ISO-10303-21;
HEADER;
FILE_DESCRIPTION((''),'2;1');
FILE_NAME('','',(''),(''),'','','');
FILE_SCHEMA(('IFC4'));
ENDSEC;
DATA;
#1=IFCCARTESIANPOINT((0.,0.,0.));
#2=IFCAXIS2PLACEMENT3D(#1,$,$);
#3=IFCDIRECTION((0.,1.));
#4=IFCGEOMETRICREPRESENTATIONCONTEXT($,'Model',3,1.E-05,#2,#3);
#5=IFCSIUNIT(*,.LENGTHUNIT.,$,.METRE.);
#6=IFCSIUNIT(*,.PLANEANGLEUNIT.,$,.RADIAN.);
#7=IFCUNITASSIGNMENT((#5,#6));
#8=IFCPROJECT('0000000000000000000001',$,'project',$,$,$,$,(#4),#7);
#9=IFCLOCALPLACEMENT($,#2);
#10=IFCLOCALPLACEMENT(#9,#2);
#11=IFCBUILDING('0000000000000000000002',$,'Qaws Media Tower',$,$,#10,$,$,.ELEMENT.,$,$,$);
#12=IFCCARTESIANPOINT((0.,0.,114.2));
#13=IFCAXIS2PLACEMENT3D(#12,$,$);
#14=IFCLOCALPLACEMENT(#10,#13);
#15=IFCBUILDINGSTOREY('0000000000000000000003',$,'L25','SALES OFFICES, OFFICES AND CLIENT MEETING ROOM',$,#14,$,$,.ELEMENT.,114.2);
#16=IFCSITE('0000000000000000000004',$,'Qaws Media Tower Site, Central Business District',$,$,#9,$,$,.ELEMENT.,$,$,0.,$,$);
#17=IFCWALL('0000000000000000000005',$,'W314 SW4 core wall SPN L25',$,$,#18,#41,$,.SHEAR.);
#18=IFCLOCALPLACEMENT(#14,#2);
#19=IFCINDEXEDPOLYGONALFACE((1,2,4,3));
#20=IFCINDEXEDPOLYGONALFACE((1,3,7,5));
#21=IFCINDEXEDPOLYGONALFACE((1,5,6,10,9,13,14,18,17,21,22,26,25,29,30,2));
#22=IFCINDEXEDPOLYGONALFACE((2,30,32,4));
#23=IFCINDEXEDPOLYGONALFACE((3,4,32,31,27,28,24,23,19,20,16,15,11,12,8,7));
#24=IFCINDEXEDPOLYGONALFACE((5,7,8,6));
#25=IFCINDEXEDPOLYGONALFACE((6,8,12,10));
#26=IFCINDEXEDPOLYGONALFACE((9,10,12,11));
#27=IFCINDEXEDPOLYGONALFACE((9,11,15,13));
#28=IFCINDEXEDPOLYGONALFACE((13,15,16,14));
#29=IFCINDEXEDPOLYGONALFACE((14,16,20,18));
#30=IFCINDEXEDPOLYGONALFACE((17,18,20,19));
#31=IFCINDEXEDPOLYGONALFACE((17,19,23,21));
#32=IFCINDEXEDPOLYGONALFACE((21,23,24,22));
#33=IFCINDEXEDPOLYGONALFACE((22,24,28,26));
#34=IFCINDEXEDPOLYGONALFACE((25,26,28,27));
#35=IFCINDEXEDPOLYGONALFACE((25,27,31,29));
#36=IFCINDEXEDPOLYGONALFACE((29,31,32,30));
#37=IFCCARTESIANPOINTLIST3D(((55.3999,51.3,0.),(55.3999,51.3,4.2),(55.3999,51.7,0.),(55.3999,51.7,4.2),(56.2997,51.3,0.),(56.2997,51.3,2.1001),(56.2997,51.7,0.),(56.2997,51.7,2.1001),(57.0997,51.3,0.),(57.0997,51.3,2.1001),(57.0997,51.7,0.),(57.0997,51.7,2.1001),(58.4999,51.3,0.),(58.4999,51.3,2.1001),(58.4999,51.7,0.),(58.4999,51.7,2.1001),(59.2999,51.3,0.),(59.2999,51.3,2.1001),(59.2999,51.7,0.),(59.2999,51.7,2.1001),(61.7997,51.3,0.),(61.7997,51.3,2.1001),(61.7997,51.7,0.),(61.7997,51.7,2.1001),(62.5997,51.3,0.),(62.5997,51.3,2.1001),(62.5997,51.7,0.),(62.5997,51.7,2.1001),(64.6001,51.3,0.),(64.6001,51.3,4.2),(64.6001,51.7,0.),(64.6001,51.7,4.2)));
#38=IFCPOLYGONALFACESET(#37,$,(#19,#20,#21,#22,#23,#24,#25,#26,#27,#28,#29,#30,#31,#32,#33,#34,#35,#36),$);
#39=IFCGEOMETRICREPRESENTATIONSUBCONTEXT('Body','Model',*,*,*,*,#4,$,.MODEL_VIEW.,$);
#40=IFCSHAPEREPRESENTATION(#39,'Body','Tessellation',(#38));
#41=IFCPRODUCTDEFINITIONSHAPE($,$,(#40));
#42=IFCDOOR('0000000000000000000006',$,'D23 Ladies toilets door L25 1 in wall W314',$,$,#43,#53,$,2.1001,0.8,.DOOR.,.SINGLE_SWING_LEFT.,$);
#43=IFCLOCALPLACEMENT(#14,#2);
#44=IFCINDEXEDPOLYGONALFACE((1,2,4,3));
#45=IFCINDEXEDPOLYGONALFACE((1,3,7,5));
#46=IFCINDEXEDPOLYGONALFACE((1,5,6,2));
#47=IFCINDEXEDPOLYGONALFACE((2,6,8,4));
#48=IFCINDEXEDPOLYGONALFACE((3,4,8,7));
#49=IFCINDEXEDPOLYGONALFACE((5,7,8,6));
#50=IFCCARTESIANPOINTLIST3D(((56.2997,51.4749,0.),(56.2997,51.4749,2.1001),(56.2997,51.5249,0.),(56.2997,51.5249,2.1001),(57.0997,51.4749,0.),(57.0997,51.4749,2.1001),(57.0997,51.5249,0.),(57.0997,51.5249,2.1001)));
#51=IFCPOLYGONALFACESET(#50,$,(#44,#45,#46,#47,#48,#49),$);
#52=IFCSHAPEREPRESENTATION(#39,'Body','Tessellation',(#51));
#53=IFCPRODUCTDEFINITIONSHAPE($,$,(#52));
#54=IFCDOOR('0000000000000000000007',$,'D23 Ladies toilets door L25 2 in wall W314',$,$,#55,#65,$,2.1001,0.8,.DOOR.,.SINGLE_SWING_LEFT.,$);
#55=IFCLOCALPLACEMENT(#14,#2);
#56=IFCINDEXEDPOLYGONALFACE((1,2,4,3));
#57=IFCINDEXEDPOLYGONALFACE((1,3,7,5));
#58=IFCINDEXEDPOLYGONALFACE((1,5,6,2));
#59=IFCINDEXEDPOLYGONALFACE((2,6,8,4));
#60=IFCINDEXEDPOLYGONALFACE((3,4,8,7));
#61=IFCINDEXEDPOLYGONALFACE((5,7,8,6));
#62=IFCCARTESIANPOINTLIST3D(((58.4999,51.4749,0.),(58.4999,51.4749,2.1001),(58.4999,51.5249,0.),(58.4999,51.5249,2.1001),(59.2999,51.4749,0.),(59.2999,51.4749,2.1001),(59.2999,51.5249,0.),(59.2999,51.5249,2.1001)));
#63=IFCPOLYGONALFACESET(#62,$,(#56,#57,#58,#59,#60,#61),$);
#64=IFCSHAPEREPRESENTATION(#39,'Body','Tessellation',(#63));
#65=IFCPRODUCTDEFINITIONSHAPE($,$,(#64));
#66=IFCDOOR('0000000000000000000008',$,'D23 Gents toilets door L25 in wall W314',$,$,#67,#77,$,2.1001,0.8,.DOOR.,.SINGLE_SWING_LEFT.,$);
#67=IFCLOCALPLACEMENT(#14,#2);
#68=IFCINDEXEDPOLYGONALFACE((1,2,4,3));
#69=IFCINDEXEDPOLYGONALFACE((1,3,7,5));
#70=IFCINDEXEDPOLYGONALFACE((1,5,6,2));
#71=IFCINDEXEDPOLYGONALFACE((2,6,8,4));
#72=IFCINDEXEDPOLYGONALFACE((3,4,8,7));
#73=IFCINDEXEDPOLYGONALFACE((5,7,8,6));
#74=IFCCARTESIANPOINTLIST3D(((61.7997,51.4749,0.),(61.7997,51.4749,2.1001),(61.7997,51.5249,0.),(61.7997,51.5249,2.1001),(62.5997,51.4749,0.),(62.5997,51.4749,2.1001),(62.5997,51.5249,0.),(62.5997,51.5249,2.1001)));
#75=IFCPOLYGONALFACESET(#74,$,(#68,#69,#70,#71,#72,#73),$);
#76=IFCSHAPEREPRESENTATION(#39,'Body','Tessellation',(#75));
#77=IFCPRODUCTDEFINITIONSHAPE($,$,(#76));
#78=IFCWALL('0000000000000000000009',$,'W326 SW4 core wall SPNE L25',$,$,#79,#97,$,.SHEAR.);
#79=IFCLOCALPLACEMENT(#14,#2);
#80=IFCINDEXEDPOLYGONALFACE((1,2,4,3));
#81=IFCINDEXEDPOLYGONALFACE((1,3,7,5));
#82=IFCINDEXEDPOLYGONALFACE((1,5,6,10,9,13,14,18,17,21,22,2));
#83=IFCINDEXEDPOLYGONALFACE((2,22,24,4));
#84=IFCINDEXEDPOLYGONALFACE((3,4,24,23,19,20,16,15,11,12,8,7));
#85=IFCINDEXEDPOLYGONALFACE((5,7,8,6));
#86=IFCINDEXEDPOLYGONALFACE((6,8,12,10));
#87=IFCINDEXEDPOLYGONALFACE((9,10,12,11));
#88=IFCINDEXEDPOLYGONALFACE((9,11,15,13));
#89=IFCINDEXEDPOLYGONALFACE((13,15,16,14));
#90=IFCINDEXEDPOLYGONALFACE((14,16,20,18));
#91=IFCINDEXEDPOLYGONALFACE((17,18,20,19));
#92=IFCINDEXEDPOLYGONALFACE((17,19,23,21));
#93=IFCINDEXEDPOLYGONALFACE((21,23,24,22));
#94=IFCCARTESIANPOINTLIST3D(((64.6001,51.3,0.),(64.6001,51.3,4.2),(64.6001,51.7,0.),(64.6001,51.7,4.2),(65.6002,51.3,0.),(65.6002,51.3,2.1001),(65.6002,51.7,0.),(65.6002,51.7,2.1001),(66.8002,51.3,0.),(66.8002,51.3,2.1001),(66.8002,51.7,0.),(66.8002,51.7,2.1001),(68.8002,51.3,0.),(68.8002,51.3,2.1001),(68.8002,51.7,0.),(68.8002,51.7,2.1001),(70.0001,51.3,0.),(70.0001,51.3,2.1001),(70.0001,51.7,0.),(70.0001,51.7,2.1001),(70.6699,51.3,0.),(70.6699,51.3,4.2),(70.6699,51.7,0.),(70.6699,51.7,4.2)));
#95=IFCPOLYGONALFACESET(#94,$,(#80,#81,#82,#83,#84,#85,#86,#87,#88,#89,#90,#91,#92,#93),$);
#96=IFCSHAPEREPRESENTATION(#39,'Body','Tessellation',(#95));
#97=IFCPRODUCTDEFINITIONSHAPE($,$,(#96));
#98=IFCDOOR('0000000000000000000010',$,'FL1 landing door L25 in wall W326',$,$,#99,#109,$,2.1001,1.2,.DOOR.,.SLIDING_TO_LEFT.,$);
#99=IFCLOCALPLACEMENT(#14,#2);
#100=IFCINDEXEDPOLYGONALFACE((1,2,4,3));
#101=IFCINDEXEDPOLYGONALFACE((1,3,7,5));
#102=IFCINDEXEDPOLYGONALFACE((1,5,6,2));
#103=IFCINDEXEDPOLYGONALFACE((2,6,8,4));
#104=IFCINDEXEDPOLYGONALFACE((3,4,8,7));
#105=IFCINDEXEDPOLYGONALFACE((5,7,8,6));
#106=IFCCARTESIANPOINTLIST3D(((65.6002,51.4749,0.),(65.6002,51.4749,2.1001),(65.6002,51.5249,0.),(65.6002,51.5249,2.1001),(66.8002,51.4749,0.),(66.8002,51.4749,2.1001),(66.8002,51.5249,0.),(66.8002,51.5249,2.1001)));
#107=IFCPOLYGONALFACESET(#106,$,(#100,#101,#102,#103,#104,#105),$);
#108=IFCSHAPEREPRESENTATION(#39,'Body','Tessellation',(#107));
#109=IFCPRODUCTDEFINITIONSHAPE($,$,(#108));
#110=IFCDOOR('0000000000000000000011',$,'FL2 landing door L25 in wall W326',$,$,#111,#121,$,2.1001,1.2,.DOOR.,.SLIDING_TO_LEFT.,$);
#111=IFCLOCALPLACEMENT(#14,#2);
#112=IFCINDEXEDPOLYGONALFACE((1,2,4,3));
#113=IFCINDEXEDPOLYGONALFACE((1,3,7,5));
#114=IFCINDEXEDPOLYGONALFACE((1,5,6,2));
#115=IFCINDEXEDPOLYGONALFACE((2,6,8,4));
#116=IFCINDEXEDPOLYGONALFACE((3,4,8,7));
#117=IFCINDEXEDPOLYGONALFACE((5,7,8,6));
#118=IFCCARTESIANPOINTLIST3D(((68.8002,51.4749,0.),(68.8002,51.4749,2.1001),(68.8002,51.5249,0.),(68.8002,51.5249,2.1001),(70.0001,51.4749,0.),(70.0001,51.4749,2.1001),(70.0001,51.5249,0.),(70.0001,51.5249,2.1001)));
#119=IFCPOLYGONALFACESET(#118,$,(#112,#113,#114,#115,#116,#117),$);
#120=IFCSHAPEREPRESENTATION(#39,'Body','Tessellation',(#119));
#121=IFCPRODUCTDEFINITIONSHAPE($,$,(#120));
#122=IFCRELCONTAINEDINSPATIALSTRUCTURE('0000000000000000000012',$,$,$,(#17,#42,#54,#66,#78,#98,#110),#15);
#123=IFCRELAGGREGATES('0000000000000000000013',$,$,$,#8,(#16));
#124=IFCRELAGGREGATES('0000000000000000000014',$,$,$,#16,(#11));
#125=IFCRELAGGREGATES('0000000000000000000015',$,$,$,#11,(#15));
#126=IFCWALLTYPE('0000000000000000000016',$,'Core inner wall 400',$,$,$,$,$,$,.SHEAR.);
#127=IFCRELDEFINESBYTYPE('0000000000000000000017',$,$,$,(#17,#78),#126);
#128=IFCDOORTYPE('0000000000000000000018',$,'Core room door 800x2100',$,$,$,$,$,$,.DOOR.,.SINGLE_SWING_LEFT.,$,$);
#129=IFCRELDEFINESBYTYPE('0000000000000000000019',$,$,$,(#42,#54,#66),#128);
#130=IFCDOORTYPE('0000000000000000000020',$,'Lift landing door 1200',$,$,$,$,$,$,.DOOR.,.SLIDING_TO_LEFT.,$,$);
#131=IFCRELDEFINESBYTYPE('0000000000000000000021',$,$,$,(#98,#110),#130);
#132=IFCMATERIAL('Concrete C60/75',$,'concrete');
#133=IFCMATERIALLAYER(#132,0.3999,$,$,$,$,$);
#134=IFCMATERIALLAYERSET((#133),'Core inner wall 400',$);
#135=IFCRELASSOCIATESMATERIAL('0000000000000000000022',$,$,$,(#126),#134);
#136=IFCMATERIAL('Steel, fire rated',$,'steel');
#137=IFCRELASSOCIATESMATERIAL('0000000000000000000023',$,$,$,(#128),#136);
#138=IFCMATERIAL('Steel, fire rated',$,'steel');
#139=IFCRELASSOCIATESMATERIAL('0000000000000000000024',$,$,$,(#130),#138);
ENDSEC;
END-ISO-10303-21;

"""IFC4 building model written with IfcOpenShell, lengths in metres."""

from ifc_helpers import new_model, si_unit, direction, frame, frame_2d, origin, place, context, subcontext, project, spatial, rectangle, extrude, material, layer, layer_set, type_object, element, fill, save


model = new_model("IFC4")

# Units and contexts
model_context = context("Model", 3, precision=1e-05, world=origin(), true_north=direction((0.0, 1.0)))
body_context = subcontext(model_context, "Body", "Model", "MODEL_VIEW")
ifc_project = project(units=[si_unit("LENGTHUNIT", "METRE"), si_unit("PLANEANGLEUNIT", "RADIAN")], contexts=[model_context])

# Site, building, storey
site_placement = place(None, origin())
site = spatial("IfcSite", under=ifc_project, at=site_placement, Name="Qaws Media Tower Site, Central Business District", CompositionType="ELEMENT", RefElevation=0.0)
building_placement = place(site_placement, origin())
building = spatial("IfcBuilding", under=site, at=building_placement, Name="Qaws Media Tower", CompositionType="ELEMENT")
storey_placement = place(building_placement, frame((0.0, 0.0, 114.2)))
storey = spatial("IfcBuildingStorey", under=building, at=storey_placement, Name="L25", Description="SALES OFFICES, OFFICES AND CLIENT MEETING ROOM", CompositionType="ELEMENT", Elevation=114.2)

# Walls, openings, doors
ifc_material_1 = material(Name="Concrete C60/75", Category="concrete")
ifc_layer_1 = layer(ifc_material_1, 0.3999)
ifc_layer_set_1 = layer_set([ifc_layer_1], Name="Core inner wall 400")
wall_type_1 = type_object("IfcWallType", Name="Core inner wall 400", PredefinedType="SHEAR", material=ifc_layer_set_1)
wall_1_placement = place(storey_placement, frame((55.3999, 51.5, 0.0), z_axis=(0.0, 0.0, 1.0), x_axis=(1.0, 0.0, 0.0)))
wall_1 = element("IfcWall", 1, at=wall_1_placement, inside=storey, type_object=wall_type_1, Name="W314 SW4 core wall SPN L25", PredefinedType="SHEAR", context=body_context, shape_type="SweptSolid", body=[
    extrude(rectangle(XDim=9.2002, YDim=0.3999, at=frame_2d((4.6001, 0.0))), origin(), (0.0, 0.0, 1.0), 4.2),
])
opening_1_placement = place(wall_1_placement, frame((0.8999, 0.0, 0.0)))
opening_1 = element("IfcOpeningElement", 2, at=opening_1_placement, cuts=wall_1, PredefinedType="OPENING", context=body_context, shape_type="SweptSolid", body=[
    extrude(rectangle(XDim=0.8, YDim=2.1001, at=frame_2d((0.3999, 1.05))), frame((0.0, 0.21, 0.0), z_axis=(0.0, -1.0, 0.0), x_axis=(1.0, 0.0, 0.0)), (0.0, 0.0, 1.0), 0.4199),
])
opening_2_placement = place(wall_1_placement, frame((3.1001, 0.0, 0.0)))
opening_2 = element("IfcOpeningElement", 3, at=opening_2_placement, cuts=wall_1, PredefinedType="OPENING", context=body_context, shape_type="SweptSolid", body=[
    extrude(rectangle(XDim=0.8, YDim=2.1001, at=frame_2d((0.3999, 1.05))), frame((0.0, 0.21, 0.0), z_axis=(0.0, -1.0, 0.0), x_axis=(1.0, 0.0, 0.0)), (0.0, 0.0, 1.0), 0.4199),
])
opening_3_placement = place(wall_1_placement, frame((6.3999, 0.0, 0.0)))
opening_3 = element("IfcOpeningElement", 4, at=opening_3_placement, cuts=wall_1, PredefinedType="OPENING", context=body_context, shape_type="SweptSolid", body=[
    extrude(rectangle(XDim=0.8, YDim=2.1001, at=frame_2d((0.3999, 1.05))), frame((0.0, 0.21, 0.0), z_axis=(0.0, -1.0, 0.0), x_axis=(1.0, 0.0, 0.0)), (0.0, 0.0, 1.0), 0.4199),
])
ifc_material_2 = material(Name="Steel, fire rated", Category="steel")
door_type_1 = type_object("IfcDoorType", Name="Core room door 800x2100", OperationType="SINGLE_SWING_LEFT", PredefinedType="DOOR", material=ifc_material_2)
door_1_placement = place(opening_1_placement, origin())
door_1 = element("IfcDoor", 5, at=door_1_placement, inside=storey, type_object=door_type_1, Name="D23 Ladies toilets door L25 1 in wall W314", OperationType="SINGLE_SWING_LEFT", OverallHeight=2.1001, OverallWidth=0.8, PredefinedType="DOOR", context=body_context, shape_type="SweptSolid", body=[
    extrude(rectangle(XDim=0.8, YDim=2.1001, at=frame_2d((0.3999, 1.05))), frame((0.0, 0.0249, 0.0), z_axis=(0.0, -1.0, 0.0), x_axis=(1.0, 0.0, 0.0)), (0.0, 0.0, 1.0), 0.05),
])
fill(opening_1, door_1)
door_2_placement = place(opening_2_placement, origin())
door_2 = element("IfcDoor", 6, at=door_2_placement, inside=storey, type_object=door_type_1, Name="D23 Ladies toilets door L25 2 in wall W314", OperationType="SINGLE_SWING_LEFT", OverallHeight=2.1001, OverallWidth=0.8, PredefinedType="DOOR", context=body_context, shape_type="SweptSolid", body=[
    extrude(rectangle(XDim=0.8, YDim=2.1001, at=frame_2d((0.3999, 1.05))), frame((0.0, 0.0249, 0.0), z_axis=(0.0, -1.0, 0.0), x_axis=(1.0, 0.0, 0.0)), (0.0, 0.0, 1.0), 0.05),
])
fill(opening_2, door_2)
door_3_placement = place(opening_3_placement, origin())
door_3 = element("IfcDoor", 7, at=door_3_placement, inside=storey, type_object=door_type_1, Name="D23 Gents toilets door L25 in wall W314", OperationType="SINGLE_SWING_LEFT", OverallHeight=2.1001, OverallWidth=0.8, PredefinedType="DOOR", context=body_context, shape_type="SweptSolid", body=[
    extrude(rectangle(XDim=0.8, YDim=2.1001, at=frame_2d((0.3999, 1.05))), frame((0.0, 0.0249, 0.0), z_axis=(0.0, -1.0, 0.0), x_axis=(1.0, 0.0, 0.0)), (0.0, 0.0, 1.0), 0.05),
])
fill(opening_3, door_3)
wall_2_placement = place(storey_placement, frame((64.6001, 51.5, 0.0), z_axis=(0.0, 0.0, 1.0), x_axis=(1.0, 0.0, 0.0)))
wall_2 = element("IfcWall", 8, at=wall_2_placement, inside=storey, type_object=wall_type_1, Name="W326 SW4 core wall SPNE L25", PredefinedType="SHEAR", context=body_context, shape_type="SweptSolid", body=[
    extrude(rectangle(XDim=6.0698, YDim=0.3999, at=frame_2d((3.0349, 0.0))), origin(), (0.0, 0.0, 1.0), 4.2),
])
opening_4_placement = place(wall_2_placement, frame((1.0, 0.0, 0.0)))
opening_4 = element("IfcOpeningElement", 9, at=opening_4_placement, cuts=wall_2, PredefinedType="OPENING", context=body_context, shape_type="SweptSolid", body=[
    extrude(rectangle(XDim=1.2, YDim=2.1001, at=frame_2d((0.6001, 1.05))), frame((0.0, 0.21, 0.0), z_axis=(0.0, -1.0, 0.0), x_axis=(1.0, 0.0, 0.0)), (0.0, 0.0, 1.0), 0.4199),
])
opening_5_placement = place(wall_2_placement, frame((4.2, 0.0, 0.0)))
opening_5 = element("IfcOpeningElement", 10, at=opening_5_placement, cuts=wall_2, PredefinedType="OPENING", context=body_context, shape_type="SweptSolid", body=[
    extrude(rectangle(XDim=1.2, YDim=2.1001, at=frame_2d((0.6001, 1.05))), frame((0.0, 0.21, 0.0), z_axis=(0.0, -1.0, 0.0), x_axis=(1.0, 0.0, 0.0)), (0.0, 0.0, 1.0), 0.4199),
])
ifc_material_3 = material(Name="Steel, fire rated", Category="steel")
door_type_2 = type_object("IfcDoorType", Name="Lift landing door 1200", OperationType="SLIDING_TO_LEFT", PredefinedType="DOOR", material=ifc_material_3)
door_4_placement = place(opening_4_placement, origin())
door_4 = element("IfcDoor", 11, at=door_4_placement, inside=storey, type_object=door_type_2, Name="FL1 landing door L25 in wall W326", OperationType="SLIDING_TO_LEFT", OverallHeight=2.1001, OverallWidth=1.2, PredefinedType="DOOR", context=body_context, shape_type="SweptSolid", body=[
    extrude(rectangle(XDim=1.2, YDim=2.1001, at=frame_2d((0.6001, 1.05))), frame((0.0, 0.0249, 0.0), z_axis=(0.0, -1.0, 0.0), x_axis=(1.0, 0.0, 0.0)), (0.0, 0.0, 1.0), 0.05),
])
fill(opening_4, door_4)
door_5_placement = place(opening_5_placement, origin())
door_5 = element("IfcDoor", 12, at=door_5_placement, inside=storey, type_object=door_type_2, Name="FL2 landing door L25 in wall W326", OperationType="SLIDING_TO_LEFT", OverallHeight=2.1001, OverallWidth=1.2, PredefinedType="DOOR", context=body_context, shape_type="SweptSolid", body=[
    extrude(rectangle(XDim=1.2, YDim=2.1001, at=frame_2d((0.6001, 1.05))), frame((0.0, 0.0249, 0.0), z_axis=(0.0, -1.0, 0.0), x_axis=(1.0, 0.0, 0.0)), (0.0, 0.0, 1.0), 0.05),
])
fill(opening_5, door_5)

save(model, "model.ifc")
